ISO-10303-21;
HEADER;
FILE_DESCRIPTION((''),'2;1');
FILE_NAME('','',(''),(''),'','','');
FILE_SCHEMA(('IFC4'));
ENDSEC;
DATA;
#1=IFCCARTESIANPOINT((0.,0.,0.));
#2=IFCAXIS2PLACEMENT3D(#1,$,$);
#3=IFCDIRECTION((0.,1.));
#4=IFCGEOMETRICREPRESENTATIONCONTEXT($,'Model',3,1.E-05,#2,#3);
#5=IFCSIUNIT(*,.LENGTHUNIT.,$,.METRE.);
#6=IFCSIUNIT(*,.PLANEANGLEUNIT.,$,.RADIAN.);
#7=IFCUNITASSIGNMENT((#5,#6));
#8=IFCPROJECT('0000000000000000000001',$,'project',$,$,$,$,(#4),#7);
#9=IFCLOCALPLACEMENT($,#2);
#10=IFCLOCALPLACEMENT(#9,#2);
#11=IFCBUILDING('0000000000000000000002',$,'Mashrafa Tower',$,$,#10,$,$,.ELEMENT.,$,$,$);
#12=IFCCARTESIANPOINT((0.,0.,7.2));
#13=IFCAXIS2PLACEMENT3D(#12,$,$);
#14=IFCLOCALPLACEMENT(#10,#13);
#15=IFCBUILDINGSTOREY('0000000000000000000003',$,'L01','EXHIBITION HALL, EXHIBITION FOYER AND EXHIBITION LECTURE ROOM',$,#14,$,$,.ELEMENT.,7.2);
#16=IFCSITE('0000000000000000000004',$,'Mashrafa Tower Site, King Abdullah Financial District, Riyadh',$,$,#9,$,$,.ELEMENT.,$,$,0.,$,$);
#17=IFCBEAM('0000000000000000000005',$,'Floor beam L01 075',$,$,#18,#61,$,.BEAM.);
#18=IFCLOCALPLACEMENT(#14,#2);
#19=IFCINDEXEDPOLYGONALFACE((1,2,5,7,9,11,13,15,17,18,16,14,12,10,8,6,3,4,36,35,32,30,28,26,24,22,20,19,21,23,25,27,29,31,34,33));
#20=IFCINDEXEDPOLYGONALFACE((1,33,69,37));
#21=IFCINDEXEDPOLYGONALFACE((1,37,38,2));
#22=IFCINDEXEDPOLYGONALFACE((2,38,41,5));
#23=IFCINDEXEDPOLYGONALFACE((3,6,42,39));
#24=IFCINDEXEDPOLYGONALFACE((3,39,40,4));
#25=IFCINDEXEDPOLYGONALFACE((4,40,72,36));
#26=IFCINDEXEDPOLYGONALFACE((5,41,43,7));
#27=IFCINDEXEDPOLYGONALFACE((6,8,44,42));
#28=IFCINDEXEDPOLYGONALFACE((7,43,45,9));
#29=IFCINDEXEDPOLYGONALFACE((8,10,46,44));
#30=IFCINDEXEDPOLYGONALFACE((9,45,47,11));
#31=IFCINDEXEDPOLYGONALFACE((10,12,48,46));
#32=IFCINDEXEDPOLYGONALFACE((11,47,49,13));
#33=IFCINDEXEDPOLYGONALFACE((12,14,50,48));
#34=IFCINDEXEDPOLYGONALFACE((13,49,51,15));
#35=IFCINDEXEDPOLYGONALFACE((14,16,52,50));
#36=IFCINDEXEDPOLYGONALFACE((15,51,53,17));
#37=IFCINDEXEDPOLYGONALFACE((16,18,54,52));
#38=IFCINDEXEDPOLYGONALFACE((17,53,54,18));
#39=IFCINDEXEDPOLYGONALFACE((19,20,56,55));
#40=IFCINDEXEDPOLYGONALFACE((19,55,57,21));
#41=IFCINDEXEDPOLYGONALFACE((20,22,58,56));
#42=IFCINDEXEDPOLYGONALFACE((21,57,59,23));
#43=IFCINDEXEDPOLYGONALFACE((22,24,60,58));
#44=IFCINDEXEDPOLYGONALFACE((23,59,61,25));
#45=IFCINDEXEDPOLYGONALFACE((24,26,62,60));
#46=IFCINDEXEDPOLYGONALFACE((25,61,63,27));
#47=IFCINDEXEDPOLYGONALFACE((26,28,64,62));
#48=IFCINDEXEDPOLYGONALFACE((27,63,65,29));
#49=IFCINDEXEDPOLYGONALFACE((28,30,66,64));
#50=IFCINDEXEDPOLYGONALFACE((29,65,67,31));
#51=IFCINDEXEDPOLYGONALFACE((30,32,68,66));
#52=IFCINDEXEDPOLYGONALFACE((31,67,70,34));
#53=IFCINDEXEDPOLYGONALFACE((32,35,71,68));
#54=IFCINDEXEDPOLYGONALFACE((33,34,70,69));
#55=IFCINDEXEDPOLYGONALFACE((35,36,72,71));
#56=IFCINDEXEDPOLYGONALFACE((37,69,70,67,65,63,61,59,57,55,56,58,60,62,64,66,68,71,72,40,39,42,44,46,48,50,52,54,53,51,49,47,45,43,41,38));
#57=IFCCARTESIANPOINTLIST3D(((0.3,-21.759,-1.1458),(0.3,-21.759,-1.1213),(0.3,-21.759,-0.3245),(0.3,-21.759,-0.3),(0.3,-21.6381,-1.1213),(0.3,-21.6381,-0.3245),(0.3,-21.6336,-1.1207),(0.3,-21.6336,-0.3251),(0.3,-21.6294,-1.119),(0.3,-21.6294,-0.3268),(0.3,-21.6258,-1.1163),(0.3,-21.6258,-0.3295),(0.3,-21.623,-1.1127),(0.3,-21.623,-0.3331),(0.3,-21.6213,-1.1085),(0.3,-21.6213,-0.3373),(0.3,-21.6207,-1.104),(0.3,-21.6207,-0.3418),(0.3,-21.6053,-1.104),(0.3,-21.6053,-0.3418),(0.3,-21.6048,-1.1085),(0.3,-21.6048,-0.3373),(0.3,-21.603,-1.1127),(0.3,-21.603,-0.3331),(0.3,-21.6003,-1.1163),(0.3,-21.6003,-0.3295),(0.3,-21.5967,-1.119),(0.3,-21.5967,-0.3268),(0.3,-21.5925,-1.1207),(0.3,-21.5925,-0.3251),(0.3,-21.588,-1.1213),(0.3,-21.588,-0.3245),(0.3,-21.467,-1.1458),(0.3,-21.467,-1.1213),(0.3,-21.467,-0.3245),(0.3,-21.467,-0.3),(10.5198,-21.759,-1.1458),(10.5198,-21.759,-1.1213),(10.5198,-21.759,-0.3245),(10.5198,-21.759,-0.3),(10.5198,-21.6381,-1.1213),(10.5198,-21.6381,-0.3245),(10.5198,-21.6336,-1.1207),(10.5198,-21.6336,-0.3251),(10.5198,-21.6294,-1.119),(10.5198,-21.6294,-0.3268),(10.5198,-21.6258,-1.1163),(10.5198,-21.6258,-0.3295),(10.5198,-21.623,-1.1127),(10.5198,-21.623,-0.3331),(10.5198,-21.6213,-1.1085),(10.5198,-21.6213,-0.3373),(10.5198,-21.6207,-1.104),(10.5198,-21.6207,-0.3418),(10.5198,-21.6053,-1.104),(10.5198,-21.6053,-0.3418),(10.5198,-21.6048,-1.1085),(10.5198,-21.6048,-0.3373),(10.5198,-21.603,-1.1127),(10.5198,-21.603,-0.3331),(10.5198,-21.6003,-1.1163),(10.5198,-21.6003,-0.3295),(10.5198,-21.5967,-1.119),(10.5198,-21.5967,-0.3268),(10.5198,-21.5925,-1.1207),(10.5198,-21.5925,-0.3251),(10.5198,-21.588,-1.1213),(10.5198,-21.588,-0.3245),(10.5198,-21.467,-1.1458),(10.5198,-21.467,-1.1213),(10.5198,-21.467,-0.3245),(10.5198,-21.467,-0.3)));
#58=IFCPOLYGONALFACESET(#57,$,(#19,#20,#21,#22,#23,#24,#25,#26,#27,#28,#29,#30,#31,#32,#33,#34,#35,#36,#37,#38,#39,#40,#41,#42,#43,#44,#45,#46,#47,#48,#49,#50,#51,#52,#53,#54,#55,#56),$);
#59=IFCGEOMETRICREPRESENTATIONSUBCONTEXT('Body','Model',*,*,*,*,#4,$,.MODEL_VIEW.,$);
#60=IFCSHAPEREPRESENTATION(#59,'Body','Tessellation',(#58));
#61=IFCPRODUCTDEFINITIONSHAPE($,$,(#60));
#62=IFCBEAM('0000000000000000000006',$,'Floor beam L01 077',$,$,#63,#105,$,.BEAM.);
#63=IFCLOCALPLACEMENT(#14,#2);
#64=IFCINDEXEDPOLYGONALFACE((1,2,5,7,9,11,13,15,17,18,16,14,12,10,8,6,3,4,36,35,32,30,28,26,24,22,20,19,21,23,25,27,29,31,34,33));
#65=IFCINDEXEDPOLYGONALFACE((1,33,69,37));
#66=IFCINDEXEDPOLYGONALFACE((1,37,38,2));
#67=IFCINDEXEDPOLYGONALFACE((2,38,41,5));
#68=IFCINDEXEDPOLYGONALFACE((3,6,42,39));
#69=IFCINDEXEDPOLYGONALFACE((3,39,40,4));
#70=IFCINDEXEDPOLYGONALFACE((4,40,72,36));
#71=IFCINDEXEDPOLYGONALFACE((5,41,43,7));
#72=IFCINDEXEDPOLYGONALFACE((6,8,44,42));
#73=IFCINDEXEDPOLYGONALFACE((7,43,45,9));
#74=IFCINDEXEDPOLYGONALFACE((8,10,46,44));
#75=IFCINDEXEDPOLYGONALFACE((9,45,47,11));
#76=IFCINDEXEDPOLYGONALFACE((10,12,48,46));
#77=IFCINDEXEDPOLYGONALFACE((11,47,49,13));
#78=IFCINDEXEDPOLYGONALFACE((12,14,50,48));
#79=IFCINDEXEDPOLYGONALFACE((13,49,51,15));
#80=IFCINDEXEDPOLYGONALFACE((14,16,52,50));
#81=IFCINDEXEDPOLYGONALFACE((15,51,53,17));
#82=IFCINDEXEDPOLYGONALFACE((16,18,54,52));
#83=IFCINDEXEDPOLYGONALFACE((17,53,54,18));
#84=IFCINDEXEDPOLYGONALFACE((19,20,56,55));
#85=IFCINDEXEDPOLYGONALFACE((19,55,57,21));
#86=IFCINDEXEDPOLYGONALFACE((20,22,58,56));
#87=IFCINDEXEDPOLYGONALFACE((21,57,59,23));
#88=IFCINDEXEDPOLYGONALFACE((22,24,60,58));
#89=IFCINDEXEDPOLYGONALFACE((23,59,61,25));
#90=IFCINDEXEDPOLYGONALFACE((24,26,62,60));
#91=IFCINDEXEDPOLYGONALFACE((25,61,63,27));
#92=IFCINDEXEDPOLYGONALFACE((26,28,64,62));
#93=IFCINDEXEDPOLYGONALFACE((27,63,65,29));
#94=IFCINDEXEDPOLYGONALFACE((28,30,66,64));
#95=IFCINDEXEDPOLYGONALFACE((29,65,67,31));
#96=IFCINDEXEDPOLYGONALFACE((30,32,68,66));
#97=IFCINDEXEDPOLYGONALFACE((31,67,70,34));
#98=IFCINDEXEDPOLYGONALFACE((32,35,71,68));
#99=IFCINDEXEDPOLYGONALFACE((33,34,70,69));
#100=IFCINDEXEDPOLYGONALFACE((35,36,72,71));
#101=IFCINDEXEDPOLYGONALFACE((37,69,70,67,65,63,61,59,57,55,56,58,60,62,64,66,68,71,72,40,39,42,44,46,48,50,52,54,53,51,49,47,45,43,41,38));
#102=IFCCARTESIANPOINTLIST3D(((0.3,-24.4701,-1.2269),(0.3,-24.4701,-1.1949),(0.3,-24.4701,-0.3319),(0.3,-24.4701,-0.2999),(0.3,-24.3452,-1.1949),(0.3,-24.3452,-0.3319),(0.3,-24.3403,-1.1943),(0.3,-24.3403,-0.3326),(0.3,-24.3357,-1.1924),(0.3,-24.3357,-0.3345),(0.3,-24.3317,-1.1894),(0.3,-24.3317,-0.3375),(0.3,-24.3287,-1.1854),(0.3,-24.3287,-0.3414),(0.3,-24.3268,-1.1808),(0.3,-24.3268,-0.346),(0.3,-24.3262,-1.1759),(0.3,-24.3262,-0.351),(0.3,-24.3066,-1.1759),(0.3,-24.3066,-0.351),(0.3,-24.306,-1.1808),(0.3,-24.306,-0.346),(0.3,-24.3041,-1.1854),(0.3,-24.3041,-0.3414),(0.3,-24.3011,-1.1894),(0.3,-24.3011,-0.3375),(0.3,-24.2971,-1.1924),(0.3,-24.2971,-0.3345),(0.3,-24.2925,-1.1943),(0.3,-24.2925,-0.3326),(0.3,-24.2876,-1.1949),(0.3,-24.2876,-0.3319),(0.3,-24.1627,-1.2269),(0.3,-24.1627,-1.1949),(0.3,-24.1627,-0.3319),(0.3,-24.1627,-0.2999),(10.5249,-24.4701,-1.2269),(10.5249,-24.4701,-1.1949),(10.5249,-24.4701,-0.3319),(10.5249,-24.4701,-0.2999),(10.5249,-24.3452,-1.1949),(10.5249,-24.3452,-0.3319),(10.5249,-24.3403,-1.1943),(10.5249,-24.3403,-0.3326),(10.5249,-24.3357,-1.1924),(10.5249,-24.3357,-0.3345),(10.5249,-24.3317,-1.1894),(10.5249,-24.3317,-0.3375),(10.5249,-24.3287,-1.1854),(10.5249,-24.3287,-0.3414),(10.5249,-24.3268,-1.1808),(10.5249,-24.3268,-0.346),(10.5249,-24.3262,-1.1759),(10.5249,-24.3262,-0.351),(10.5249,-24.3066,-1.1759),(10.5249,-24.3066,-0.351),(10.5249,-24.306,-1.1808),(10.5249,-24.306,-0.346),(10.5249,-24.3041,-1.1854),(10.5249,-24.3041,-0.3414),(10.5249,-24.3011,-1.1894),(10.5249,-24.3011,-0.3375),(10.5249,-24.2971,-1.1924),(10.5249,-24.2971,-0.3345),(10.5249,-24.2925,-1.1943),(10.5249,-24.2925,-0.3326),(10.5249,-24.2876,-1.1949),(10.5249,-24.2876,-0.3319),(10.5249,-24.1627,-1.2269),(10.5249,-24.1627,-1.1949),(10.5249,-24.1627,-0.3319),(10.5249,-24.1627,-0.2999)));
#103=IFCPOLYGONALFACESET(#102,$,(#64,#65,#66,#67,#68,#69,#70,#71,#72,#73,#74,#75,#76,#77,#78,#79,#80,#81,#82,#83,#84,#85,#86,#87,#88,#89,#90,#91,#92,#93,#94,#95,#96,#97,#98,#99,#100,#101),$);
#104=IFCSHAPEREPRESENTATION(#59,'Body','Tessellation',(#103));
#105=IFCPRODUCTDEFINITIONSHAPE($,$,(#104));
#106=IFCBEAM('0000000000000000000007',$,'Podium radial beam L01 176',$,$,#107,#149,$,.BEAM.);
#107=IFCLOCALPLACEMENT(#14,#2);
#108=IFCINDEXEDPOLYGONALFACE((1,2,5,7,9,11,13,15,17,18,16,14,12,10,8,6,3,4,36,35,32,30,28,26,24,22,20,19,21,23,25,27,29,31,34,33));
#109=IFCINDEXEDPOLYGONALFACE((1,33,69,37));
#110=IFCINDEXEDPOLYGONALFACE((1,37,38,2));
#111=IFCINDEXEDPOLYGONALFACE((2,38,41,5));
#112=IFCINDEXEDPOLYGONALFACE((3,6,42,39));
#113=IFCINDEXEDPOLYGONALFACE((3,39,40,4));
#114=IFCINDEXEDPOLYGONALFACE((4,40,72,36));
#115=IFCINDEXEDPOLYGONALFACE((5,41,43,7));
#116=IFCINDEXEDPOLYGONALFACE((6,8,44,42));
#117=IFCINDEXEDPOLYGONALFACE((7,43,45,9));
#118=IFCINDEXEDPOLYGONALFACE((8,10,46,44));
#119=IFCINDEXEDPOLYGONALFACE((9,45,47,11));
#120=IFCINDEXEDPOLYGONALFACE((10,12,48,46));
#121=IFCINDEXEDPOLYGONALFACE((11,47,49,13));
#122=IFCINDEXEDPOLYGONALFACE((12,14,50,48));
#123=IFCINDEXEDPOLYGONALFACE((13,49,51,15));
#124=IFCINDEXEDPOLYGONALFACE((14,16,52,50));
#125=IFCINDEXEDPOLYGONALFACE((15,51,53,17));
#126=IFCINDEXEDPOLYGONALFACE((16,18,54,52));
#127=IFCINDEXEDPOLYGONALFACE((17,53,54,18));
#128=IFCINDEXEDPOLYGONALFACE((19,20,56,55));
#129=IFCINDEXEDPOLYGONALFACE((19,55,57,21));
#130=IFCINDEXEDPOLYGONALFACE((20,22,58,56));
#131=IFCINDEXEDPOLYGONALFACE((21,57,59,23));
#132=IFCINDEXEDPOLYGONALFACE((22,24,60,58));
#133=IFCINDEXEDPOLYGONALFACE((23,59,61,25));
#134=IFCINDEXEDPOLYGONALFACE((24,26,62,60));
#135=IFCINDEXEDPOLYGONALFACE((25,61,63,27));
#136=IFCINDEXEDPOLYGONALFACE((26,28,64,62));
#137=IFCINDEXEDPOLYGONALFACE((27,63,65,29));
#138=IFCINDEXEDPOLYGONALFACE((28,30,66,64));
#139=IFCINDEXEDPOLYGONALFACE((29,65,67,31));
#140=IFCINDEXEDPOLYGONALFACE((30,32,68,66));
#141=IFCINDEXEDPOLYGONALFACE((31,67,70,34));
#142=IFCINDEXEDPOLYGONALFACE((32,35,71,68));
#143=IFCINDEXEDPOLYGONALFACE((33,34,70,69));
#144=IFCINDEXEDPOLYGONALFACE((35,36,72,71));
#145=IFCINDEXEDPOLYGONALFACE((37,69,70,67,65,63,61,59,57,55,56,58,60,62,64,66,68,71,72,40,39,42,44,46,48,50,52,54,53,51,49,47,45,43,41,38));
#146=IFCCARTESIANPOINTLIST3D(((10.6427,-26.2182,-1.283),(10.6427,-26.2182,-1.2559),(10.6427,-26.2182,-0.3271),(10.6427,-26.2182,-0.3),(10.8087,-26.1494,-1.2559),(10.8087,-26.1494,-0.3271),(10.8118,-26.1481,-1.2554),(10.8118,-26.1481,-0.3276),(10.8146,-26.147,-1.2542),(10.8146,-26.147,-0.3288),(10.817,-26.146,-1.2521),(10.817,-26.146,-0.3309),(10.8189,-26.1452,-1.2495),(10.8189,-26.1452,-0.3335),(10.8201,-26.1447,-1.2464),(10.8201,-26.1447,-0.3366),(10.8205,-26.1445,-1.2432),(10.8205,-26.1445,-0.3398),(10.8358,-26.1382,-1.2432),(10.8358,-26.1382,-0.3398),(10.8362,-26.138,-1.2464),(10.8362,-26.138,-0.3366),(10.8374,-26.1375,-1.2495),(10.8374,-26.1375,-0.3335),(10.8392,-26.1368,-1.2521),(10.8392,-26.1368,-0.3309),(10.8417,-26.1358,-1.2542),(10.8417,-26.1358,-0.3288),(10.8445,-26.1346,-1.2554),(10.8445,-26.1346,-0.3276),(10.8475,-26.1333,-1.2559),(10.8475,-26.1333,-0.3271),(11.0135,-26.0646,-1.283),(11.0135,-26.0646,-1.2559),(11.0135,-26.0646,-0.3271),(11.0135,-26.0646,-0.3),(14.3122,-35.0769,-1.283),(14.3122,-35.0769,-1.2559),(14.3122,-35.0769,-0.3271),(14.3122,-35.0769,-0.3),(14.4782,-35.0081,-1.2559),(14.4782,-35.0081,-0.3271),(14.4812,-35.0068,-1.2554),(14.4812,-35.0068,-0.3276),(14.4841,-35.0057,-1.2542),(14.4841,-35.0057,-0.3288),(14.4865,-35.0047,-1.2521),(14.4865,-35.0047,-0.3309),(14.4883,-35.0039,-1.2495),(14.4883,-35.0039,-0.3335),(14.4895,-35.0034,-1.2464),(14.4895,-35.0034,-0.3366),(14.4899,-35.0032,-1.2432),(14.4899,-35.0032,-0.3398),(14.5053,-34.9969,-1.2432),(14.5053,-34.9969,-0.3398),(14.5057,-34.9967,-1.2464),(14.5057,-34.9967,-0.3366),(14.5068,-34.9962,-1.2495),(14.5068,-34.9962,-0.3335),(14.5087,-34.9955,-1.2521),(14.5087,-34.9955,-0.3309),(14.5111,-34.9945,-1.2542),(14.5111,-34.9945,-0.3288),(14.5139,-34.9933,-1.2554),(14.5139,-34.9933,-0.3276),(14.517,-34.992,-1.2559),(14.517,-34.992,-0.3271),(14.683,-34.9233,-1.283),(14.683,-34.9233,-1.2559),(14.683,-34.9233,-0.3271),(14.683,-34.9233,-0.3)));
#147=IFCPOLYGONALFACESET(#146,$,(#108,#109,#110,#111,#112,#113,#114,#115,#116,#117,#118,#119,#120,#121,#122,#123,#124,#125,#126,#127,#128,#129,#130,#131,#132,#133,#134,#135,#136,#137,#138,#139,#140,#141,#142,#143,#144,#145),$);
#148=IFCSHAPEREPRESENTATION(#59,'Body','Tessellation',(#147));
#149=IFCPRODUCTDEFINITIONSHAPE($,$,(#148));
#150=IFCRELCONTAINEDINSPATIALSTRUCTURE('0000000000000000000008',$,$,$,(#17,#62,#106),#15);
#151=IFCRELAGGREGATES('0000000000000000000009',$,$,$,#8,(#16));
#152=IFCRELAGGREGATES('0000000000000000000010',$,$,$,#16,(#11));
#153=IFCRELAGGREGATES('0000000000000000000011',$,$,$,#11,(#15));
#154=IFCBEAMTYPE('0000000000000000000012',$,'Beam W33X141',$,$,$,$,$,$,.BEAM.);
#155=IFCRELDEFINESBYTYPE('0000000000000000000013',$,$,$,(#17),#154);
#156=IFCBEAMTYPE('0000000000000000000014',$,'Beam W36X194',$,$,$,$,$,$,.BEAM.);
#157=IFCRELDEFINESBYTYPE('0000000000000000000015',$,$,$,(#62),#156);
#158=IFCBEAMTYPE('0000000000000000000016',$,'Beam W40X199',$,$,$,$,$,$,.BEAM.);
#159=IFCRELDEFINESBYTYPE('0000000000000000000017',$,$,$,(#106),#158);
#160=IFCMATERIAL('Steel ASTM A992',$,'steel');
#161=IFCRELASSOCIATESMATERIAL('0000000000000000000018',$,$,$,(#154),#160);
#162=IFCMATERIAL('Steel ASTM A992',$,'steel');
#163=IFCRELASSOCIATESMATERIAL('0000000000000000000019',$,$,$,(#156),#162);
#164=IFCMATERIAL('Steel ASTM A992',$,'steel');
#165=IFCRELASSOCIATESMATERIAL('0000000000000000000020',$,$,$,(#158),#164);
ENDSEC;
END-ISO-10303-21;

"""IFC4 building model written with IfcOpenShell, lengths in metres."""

from ifc_helpers import new_model, si_unit, direction, frame, origin, origin_2d, place, context, subcontext, project, spatial, i_section, extrude, material, material_profile, profile_set, type_object, element, save


model = new_model("IFC4")

# Units and contexts
model_context = context("Model", 3, precision=1e-05, world=origin(), true_north=direction((0.0, 1.0)))
body_context = subcontext(model_context, "Body", "Model", "MODEL_VIEW")
ifc_project = project(units=[si_unit("LENGTHUNIT", "METRE"), si_unit("PLANEANGLEUNIT", "RADIAN")], contexts=[model_context])

# Site, building, storey
site_placement = place(None, origin())
site = spatial("IfcSite", under=ifc_project, at=site_placement, Name="Mashrafa Tower Site, King Abdullah Financial District, Riyadh", CompositionType="ELEMENT", RefElevation=0.0)
building_placement = place(site_placement, origin())
building = spatial("IfcBuilding", under=site, at=building_placement, Name="Mashrafa Tower", CompositionType="ELEMENT")
storey_placement = place(building_placement, frame((0.0, 0.0, 7.2)))
storey = spatial("IfcBuildingStorey", under=building, at=storey_placement, Name="L01", Description="EXHIBITION HALL, EXHIBITION FOYER AND EXHIBITION LECTURE ROOM", CompositionType="ELEMENT", Elevation=7.2)

# Beams
ifc_material_1 = material(Name="Steel ASTM A992", Category="steel")
ifc_material_profile_1 = material_profile(ifc_material_1, i_section(OverallWidth=0.292, OverallDepth=0.8457, WebThickness=0.0154, FlangeThickness=0.0244, FilletRadius=0.0173, at=origin_2d()), Name="W33X141")
ifc_profile_set_1 = profile_set([ifc_material_profile_1], Name="Steel ASTM A992")
beam_type_1 = type_object("IfcBeamType", Name="Beam W33X141", PredefinedType="BEAM", material=ifc_profile_set_1)
beam_1_placement = place(storey_placement, frame((10.5198, -21.613, -0.7229), z_axis=(-1.0, 0.0, 0.0), x_axis=(0.0, -1.0, 0.0)))
element("IfcBeam", 1, at=beam_1_placement, inside=storey, type_object=beam_type_1, Name="Floor beam L01 075", PredefinedType="BEAM", context=body_context, shape_type="SweptSolid", body=[
    extrude(i_section(OverallWidth=0.292, OverallDepth=0.8457, WebThickness=0.0154, FlangeThickness=0.0244, FilletRadius=0.0173, at=origin_2d()), origin(), (0.0, 0.0, 1.0), 10.2197),
])
ifc_material_2 = material(Name="Steel ASTM A992", Category="steel")
ifc_material_profile_2 = material_profile(ifc_material_2, i_section(OverallWidth=0.3074, OverallDepth=0.927, WebThickness=0.0195, FlangeThickness=0.032, FilletRadius=0.019, at=origin_2d()), Name="W36X194")
ifc_profile_set_2 = profile_set([ifc_material_profile_2], Name="Steel ASTM A992")
beam_type_2 = type_object("IfcBeamType", Name="Beam W36X194", PredefinedType="BEAM", material=ifc_profile_set_2)
beam_2_placement = place(storey_placement, frame((10.5249, -24.3164, -0.7634), z_axis=(-1.0, 0.0, 0.0), x_axis=(0.0, -1.0, 0.0)))
element("IfcBeam", 2, at=beam_2_placement, inside=storey, type_object=beam_type_2, Name="Floor beam L01 077", PredefinedType="BEAM", context=body_context, shape_type="SweptSolid", body=[
    extrude(i_section(OverallWidth=0.3074, OverallDepth=0.927, WebThickness=0.0195, FlangeThickness=0.032, FilletRadius=0.019, at=origin_2d()), origin(), (0.0, 0.0, 1.0), 10.2249),
])
ifc_material_3 = material(Name="Steel ASTM A992", Category="steel")
ifc_material_profile_3 = material_profile(ifc_material_3, i_section(OverallWidth=0.4014, OverallDepth=0.9829, WebThickness=0.0166, FlangeThickness=0.0271, FilletRadius=0.0127, at=origin_2d()), Name="W40X199")
ifc_profile_set_3 = profile_set([ifc_material_profile_3], Name="Steel ASTM A992")
beam_type_3 = type_object("IfcBeamType", Name="Beam W40X199", PredefinedType="BEAM", material=ifc_profile_set_3)
beam_3_placement = place(storey_placement, frame((10.8281, -26.1414, -0.7915), z_axis=(0.382689, -0.923877, 0.0), x_axis=(0.923877, 0.382689, 0.0)))
element("IfcBeam", 3, at=beam_3_placement, inside=storey, type_object=beam_type_3, Name="Podium radial beam L01 176", PredefinedType="BEAM", context=body_context, shape_type="SweptSolid", body=[
    extrude(i_section(OverallWidth=0.4014, OverallDepth=0.9829, WebThickness=0.0166, FlangeThickness=0.0271, FilletRadius=0.0127, at=origin_2d()), origin(), (0.0, 0.0, 1.0), 9.5886),
])

save(model, "model.ifc")
